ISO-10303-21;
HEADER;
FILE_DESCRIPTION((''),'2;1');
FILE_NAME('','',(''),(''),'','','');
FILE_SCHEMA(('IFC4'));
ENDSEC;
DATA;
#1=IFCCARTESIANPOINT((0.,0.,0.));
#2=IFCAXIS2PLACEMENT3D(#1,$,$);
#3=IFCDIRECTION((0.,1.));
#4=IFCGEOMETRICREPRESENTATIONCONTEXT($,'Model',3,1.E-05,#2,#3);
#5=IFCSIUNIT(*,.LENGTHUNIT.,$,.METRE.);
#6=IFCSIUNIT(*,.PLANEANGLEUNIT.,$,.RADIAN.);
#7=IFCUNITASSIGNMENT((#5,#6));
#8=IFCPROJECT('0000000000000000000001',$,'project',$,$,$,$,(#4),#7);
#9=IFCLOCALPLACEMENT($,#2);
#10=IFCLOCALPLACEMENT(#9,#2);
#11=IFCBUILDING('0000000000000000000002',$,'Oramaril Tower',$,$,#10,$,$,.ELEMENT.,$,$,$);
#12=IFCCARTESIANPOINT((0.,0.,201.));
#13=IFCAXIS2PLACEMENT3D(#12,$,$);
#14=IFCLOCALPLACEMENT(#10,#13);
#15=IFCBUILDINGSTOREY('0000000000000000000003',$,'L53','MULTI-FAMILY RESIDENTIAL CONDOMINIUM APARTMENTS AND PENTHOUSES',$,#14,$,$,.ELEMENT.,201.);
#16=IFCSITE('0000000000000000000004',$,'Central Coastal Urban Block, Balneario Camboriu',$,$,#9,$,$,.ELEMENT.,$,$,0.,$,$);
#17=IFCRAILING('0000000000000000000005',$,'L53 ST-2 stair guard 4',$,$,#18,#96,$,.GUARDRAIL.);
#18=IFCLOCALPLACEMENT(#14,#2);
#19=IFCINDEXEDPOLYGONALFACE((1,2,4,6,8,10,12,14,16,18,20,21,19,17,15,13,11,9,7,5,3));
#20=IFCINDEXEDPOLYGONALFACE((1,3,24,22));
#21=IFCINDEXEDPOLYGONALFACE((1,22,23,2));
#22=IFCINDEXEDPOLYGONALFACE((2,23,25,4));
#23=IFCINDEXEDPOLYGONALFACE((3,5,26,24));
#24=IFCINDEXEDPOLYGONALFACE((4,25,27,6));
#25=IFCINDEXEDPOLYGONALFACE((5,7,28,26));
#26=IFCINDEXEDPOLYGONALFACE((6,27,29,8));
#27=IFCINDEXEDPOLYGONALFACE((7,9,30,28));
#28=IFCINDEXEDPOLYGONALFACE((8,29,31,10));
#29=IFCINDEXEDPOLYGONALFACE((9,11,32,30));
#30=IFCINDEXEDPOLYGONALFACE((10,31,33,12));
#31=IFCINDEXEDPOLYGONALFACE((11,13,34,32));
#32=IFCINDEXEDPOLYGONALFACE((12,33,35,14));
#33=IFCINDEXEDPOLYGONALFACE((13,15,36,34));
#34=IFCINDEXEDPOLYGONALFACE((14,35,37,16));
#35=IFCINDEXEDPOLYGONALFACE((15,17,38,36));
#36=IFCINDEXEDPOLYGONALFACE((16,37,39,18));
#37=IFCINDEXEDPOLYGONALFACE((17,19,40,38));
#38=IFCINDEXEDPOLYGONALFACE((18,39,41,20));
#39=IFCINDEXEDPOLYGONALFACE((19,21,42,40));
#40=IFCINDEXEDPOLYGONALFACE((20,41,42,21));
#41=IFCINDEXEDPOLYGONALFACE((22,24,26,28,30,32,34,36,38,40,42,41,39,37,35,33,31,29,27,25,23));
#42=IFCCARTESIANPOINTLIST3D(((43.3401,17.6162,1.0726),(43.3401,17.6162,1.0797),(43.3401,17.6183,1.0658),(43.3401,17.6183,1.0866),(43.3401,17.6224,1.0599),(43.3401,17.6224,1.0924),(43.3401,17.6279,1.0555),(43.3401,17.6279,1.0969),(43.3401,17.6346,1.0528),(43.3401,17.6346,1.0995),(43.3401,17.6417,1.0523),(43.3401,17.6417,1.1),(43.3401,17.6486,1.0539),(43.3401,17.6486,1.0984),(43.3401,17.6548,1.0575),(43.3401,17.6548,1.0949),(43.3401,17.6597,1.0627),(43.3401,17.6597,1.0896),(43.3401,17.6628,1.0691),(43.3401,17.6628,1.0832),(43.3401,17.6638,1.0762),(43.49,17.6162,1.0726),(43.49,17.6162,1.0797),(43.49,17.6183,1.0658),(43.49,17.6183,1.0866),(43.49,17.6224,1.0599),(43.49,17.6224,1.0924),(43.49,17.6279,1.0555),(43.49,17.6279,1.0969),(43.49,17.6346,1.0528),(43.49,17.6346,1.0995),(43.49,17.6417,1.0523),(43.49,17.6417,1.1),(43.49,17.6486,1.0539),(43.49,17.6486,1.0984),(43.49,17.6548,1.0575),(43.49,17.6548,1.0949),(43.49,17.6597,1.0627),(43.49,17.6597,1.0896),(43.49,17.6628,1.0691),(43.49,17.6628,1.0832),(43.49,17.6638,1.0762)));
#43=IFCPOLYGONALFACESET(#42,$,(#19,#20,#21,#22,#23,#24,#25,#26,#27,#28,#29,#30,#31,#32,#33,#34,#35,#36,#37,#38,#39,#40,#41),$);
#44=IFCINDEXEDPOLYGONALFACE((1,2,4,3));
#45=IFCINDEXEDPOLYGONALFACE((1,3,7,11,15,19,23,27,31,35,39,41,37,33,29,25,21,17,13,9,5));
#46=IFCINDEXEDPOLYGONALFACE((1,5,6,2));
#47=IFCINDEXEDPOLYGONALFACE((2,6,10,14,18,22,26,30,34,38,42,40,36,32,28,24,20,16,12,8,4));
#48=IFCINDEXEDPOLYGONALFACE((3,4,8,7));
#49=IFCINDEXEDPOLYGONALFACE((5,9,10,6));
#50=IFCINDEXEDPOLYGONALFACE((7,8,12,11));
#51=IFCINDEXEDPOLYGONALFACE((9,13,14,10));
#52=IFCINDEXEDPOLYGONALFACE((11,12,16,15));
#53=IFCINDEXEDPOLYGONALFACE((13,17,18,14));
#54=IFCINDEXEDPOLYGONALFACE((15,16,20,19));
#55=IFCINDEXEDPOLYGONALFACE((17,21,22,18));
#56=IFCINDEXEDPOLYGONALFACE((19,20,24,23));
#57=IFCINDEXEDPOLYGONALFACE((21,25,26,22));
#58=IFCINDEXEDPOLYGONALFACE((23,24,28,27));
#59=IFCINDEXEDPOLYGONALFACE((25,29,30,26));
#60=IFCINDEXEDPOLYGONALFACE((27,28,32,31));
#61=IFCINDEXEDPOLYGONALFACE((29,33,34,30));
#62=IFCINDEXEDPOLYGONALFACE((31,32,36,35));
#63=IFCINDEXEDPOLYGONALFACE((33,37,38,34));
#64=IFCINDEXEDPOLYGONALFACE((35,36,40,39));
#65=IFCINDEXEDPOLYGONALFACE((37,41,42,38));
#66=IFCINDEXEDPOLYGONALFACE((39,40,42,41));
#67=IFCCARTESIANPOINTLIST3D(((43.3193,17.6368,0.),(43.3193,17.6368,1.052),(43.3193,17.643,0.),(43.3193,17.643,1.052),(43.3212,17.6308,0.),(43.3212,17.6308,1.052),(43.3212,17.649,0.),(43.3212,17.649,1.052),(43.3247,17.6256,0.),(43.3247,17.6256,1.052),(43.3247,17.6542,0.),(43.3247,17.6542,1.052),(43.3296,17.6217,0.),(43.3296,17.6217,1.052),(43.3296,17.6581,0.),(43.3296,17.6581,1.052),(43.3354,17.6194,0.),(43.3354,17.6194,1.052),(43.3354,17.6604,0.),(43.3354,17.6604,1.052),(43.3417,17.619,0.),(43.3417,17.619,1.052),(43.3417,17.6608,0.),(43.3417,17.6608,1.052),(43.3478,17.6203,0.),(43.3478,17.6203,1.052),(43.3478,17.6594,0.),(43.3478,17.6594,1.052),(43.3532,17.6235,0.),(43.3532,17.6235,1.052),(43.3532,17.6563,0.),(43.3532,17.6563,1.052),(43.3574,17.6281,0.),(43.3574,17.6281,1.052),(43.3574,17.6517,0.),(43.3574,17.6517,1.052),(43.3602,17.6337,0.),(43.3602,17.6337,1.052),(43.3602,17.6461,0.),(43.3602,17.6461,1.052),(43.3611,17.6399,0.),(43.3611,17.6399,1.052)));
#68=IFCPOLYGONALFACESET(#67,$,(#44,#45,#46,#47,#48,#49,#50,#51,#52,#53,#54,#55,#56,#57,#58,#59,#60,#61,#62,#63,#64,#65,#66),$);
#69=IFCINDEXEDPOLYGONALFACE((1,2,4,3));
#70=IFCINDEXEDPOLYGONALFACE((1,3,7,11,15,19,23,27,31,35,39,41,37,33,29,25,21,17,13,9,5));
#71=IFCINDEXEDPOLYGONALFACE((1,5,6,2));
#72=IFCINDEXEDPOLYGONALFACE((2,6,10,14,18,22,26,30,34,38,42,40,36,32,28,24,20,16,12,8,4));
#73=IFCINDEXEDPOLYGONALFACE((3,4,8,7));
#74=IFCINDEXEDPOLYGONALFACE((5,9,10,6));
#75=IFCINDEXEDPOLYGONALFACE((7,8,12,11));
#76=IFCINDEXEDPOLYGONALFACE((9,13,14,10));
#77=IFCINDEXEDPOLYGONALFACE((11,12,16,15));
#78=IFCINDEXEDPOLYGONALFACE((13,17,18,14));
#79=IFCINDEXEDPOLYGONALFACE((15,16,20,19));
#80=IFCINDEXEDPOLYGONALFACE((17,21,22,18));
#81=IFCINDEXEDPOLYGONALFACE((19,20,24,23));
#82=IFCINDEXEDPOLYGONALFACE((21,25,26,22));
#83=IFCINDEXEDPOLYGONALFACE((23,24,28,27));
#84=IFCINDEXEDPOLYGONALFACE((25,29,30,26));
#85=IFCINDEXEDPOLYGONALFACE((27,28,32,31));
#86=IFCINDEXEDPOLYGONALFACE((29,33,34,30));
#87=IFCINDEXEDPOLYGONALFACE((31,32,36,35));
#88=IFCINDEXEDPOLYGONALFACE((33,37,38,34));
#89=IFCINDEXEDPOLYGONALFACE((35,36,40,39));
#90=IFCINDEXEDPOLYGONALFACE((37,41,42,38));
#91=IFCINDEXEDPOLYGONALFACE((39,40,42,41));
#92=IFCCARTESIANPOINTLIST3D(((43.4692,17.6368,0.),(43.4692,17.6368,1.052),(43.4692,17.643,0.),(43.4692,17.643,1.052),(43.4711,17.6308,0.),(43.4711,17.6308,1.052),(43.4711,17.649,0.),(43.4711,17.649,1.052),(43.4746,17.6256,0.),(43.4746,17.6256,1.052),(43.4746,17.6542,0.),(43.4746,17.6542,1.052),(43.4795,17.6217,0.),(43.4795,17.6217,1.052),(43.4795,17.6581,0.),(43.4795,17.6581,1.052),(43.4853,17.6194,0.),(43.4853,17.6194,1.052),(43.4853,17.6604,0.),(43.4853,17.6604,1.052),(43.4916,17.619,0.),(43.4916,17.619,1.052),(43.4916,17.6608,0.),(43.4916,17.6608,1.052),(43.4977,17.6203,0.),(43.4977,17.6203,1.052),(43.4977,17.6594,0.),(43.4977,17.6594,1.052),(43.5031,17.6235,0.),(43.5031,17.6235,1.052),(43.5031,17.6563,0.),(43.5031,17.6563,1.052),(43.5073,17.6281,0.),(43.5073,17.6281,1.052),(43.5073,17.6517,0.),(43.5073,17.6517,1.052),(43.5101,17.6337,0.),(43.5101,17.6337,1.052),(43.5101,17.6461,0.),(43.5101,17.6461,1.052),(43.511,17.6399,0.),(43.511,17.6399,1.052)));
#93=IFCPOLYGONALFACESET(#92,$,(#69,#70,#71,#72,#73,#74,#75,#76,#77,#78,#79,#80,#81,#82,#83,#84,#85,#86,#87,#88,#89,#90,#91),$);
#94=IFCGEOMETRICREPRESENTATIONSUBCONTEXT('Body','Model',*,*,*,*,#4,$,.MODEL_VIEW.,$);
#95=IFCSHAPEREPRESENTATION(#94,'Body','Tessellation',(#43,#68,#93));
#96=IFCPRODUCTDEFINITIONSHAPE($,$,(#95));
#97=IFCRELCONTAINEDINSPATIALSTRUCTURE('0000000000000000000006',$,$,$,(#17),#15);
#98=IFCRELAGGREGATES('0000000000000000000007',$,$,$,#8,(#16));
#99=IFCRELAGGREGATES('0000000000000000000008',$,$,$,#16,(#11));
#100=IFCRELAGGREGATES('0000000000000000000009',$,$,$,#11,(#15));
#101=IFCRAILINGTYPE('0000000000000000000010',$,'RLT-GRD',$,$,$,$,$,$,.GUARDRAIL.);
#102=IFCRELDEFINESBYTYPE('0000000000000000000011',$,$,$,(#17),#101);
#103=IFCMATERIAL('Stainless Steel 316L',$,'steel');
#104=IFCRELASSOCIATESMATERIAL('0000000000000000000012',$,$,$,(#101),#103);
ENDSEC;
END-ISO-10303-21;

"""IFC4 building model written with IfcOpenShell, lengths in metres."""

from ifc_helpers import new_model, si_unit, direction, frame, origin, origin_2d, place, context, subcontext, project, spatial, circle, extrude, material, type_object, element, save


model = new_model("IFC4")

# Units and contexts
model_context = context("Model", 3, precision=1e-05, world=origin(), true_north=direction((0.0, 1.0)))
body_context = subcontext(model_context, "Body", "Model", "MODEL_VIEW")
ifc_project = project(units=[si_unit("LENGTHUNIT", "METRE"), si_unit("PLANEANGLEUNIT", "RADIAN")], contexts=[model_context])

# Site, building, storey
site_placement = place(None, origin())
site = spatial("IfcSite", under=ifc_project, at=site_placement, Name="Central Coastal Urban Block, Balneario Camboriu", CompositionType="ELEMENT", RefElevation=0.0)
building_placement = place(site_placement, origin())
building = spatial("IfcBuilding", under=site, at=building_placement, Name="Oramaril Tower", CompositionType="ELEMENT")
storey_placement = place(building_placement, frame((0.0, 0.0, 201.0)))
storey = spatial("IfcBuildingStorey", under=building, at=storey_placement, Name="L53", Description="MULTI-FAMILY RESIDENTIAL CONDOMINIUM APARTMENTS AND PENTHOUSES", CompositionType="ELEMENT", Elevation=201.0)

# Railing
ifc_material_1 = material(Name="Stainless Steel 316L", Category="steel")
railing_type_1 = type_object("IfcRailingType", Name="RLT-GRD", PredefinedType="GUARDRAIL", material=ifc_material_1)
railing_1_placement = place(storey_placement, frame((43.3401, 17.6399, 0.0)))
element("IfcRailing", 1, at=railing_1_placement, inside=storey, type_object=railing_type_1, Name="L53 ST-2 stair guard 4", PredefinedType="GUARDRAIL", context=body_context, shape_type="SweptSolid", body=[
    extrude(circle(Radius=0.0239, at=origin_2d()), frame((0.0, 0.0, 1.0762), z_axis=(1.0, 0.0, 0.0), x_axis=(0.0, 1.0, 0.0)), (0.0, 0.0, 1.0), 0.1499),
    extrude(circle(Radius=0.021, at=origin_2d()), origin(), (0.0, 0.0, 1.0), 1.052),
    extrude(circle(Radius=0.021, at=origin_2d()), frame((0.1499, 0.0, 0.0)), (0.0, 0.0, 1.0), 1.052),
])

save(model, "model.ifc")
